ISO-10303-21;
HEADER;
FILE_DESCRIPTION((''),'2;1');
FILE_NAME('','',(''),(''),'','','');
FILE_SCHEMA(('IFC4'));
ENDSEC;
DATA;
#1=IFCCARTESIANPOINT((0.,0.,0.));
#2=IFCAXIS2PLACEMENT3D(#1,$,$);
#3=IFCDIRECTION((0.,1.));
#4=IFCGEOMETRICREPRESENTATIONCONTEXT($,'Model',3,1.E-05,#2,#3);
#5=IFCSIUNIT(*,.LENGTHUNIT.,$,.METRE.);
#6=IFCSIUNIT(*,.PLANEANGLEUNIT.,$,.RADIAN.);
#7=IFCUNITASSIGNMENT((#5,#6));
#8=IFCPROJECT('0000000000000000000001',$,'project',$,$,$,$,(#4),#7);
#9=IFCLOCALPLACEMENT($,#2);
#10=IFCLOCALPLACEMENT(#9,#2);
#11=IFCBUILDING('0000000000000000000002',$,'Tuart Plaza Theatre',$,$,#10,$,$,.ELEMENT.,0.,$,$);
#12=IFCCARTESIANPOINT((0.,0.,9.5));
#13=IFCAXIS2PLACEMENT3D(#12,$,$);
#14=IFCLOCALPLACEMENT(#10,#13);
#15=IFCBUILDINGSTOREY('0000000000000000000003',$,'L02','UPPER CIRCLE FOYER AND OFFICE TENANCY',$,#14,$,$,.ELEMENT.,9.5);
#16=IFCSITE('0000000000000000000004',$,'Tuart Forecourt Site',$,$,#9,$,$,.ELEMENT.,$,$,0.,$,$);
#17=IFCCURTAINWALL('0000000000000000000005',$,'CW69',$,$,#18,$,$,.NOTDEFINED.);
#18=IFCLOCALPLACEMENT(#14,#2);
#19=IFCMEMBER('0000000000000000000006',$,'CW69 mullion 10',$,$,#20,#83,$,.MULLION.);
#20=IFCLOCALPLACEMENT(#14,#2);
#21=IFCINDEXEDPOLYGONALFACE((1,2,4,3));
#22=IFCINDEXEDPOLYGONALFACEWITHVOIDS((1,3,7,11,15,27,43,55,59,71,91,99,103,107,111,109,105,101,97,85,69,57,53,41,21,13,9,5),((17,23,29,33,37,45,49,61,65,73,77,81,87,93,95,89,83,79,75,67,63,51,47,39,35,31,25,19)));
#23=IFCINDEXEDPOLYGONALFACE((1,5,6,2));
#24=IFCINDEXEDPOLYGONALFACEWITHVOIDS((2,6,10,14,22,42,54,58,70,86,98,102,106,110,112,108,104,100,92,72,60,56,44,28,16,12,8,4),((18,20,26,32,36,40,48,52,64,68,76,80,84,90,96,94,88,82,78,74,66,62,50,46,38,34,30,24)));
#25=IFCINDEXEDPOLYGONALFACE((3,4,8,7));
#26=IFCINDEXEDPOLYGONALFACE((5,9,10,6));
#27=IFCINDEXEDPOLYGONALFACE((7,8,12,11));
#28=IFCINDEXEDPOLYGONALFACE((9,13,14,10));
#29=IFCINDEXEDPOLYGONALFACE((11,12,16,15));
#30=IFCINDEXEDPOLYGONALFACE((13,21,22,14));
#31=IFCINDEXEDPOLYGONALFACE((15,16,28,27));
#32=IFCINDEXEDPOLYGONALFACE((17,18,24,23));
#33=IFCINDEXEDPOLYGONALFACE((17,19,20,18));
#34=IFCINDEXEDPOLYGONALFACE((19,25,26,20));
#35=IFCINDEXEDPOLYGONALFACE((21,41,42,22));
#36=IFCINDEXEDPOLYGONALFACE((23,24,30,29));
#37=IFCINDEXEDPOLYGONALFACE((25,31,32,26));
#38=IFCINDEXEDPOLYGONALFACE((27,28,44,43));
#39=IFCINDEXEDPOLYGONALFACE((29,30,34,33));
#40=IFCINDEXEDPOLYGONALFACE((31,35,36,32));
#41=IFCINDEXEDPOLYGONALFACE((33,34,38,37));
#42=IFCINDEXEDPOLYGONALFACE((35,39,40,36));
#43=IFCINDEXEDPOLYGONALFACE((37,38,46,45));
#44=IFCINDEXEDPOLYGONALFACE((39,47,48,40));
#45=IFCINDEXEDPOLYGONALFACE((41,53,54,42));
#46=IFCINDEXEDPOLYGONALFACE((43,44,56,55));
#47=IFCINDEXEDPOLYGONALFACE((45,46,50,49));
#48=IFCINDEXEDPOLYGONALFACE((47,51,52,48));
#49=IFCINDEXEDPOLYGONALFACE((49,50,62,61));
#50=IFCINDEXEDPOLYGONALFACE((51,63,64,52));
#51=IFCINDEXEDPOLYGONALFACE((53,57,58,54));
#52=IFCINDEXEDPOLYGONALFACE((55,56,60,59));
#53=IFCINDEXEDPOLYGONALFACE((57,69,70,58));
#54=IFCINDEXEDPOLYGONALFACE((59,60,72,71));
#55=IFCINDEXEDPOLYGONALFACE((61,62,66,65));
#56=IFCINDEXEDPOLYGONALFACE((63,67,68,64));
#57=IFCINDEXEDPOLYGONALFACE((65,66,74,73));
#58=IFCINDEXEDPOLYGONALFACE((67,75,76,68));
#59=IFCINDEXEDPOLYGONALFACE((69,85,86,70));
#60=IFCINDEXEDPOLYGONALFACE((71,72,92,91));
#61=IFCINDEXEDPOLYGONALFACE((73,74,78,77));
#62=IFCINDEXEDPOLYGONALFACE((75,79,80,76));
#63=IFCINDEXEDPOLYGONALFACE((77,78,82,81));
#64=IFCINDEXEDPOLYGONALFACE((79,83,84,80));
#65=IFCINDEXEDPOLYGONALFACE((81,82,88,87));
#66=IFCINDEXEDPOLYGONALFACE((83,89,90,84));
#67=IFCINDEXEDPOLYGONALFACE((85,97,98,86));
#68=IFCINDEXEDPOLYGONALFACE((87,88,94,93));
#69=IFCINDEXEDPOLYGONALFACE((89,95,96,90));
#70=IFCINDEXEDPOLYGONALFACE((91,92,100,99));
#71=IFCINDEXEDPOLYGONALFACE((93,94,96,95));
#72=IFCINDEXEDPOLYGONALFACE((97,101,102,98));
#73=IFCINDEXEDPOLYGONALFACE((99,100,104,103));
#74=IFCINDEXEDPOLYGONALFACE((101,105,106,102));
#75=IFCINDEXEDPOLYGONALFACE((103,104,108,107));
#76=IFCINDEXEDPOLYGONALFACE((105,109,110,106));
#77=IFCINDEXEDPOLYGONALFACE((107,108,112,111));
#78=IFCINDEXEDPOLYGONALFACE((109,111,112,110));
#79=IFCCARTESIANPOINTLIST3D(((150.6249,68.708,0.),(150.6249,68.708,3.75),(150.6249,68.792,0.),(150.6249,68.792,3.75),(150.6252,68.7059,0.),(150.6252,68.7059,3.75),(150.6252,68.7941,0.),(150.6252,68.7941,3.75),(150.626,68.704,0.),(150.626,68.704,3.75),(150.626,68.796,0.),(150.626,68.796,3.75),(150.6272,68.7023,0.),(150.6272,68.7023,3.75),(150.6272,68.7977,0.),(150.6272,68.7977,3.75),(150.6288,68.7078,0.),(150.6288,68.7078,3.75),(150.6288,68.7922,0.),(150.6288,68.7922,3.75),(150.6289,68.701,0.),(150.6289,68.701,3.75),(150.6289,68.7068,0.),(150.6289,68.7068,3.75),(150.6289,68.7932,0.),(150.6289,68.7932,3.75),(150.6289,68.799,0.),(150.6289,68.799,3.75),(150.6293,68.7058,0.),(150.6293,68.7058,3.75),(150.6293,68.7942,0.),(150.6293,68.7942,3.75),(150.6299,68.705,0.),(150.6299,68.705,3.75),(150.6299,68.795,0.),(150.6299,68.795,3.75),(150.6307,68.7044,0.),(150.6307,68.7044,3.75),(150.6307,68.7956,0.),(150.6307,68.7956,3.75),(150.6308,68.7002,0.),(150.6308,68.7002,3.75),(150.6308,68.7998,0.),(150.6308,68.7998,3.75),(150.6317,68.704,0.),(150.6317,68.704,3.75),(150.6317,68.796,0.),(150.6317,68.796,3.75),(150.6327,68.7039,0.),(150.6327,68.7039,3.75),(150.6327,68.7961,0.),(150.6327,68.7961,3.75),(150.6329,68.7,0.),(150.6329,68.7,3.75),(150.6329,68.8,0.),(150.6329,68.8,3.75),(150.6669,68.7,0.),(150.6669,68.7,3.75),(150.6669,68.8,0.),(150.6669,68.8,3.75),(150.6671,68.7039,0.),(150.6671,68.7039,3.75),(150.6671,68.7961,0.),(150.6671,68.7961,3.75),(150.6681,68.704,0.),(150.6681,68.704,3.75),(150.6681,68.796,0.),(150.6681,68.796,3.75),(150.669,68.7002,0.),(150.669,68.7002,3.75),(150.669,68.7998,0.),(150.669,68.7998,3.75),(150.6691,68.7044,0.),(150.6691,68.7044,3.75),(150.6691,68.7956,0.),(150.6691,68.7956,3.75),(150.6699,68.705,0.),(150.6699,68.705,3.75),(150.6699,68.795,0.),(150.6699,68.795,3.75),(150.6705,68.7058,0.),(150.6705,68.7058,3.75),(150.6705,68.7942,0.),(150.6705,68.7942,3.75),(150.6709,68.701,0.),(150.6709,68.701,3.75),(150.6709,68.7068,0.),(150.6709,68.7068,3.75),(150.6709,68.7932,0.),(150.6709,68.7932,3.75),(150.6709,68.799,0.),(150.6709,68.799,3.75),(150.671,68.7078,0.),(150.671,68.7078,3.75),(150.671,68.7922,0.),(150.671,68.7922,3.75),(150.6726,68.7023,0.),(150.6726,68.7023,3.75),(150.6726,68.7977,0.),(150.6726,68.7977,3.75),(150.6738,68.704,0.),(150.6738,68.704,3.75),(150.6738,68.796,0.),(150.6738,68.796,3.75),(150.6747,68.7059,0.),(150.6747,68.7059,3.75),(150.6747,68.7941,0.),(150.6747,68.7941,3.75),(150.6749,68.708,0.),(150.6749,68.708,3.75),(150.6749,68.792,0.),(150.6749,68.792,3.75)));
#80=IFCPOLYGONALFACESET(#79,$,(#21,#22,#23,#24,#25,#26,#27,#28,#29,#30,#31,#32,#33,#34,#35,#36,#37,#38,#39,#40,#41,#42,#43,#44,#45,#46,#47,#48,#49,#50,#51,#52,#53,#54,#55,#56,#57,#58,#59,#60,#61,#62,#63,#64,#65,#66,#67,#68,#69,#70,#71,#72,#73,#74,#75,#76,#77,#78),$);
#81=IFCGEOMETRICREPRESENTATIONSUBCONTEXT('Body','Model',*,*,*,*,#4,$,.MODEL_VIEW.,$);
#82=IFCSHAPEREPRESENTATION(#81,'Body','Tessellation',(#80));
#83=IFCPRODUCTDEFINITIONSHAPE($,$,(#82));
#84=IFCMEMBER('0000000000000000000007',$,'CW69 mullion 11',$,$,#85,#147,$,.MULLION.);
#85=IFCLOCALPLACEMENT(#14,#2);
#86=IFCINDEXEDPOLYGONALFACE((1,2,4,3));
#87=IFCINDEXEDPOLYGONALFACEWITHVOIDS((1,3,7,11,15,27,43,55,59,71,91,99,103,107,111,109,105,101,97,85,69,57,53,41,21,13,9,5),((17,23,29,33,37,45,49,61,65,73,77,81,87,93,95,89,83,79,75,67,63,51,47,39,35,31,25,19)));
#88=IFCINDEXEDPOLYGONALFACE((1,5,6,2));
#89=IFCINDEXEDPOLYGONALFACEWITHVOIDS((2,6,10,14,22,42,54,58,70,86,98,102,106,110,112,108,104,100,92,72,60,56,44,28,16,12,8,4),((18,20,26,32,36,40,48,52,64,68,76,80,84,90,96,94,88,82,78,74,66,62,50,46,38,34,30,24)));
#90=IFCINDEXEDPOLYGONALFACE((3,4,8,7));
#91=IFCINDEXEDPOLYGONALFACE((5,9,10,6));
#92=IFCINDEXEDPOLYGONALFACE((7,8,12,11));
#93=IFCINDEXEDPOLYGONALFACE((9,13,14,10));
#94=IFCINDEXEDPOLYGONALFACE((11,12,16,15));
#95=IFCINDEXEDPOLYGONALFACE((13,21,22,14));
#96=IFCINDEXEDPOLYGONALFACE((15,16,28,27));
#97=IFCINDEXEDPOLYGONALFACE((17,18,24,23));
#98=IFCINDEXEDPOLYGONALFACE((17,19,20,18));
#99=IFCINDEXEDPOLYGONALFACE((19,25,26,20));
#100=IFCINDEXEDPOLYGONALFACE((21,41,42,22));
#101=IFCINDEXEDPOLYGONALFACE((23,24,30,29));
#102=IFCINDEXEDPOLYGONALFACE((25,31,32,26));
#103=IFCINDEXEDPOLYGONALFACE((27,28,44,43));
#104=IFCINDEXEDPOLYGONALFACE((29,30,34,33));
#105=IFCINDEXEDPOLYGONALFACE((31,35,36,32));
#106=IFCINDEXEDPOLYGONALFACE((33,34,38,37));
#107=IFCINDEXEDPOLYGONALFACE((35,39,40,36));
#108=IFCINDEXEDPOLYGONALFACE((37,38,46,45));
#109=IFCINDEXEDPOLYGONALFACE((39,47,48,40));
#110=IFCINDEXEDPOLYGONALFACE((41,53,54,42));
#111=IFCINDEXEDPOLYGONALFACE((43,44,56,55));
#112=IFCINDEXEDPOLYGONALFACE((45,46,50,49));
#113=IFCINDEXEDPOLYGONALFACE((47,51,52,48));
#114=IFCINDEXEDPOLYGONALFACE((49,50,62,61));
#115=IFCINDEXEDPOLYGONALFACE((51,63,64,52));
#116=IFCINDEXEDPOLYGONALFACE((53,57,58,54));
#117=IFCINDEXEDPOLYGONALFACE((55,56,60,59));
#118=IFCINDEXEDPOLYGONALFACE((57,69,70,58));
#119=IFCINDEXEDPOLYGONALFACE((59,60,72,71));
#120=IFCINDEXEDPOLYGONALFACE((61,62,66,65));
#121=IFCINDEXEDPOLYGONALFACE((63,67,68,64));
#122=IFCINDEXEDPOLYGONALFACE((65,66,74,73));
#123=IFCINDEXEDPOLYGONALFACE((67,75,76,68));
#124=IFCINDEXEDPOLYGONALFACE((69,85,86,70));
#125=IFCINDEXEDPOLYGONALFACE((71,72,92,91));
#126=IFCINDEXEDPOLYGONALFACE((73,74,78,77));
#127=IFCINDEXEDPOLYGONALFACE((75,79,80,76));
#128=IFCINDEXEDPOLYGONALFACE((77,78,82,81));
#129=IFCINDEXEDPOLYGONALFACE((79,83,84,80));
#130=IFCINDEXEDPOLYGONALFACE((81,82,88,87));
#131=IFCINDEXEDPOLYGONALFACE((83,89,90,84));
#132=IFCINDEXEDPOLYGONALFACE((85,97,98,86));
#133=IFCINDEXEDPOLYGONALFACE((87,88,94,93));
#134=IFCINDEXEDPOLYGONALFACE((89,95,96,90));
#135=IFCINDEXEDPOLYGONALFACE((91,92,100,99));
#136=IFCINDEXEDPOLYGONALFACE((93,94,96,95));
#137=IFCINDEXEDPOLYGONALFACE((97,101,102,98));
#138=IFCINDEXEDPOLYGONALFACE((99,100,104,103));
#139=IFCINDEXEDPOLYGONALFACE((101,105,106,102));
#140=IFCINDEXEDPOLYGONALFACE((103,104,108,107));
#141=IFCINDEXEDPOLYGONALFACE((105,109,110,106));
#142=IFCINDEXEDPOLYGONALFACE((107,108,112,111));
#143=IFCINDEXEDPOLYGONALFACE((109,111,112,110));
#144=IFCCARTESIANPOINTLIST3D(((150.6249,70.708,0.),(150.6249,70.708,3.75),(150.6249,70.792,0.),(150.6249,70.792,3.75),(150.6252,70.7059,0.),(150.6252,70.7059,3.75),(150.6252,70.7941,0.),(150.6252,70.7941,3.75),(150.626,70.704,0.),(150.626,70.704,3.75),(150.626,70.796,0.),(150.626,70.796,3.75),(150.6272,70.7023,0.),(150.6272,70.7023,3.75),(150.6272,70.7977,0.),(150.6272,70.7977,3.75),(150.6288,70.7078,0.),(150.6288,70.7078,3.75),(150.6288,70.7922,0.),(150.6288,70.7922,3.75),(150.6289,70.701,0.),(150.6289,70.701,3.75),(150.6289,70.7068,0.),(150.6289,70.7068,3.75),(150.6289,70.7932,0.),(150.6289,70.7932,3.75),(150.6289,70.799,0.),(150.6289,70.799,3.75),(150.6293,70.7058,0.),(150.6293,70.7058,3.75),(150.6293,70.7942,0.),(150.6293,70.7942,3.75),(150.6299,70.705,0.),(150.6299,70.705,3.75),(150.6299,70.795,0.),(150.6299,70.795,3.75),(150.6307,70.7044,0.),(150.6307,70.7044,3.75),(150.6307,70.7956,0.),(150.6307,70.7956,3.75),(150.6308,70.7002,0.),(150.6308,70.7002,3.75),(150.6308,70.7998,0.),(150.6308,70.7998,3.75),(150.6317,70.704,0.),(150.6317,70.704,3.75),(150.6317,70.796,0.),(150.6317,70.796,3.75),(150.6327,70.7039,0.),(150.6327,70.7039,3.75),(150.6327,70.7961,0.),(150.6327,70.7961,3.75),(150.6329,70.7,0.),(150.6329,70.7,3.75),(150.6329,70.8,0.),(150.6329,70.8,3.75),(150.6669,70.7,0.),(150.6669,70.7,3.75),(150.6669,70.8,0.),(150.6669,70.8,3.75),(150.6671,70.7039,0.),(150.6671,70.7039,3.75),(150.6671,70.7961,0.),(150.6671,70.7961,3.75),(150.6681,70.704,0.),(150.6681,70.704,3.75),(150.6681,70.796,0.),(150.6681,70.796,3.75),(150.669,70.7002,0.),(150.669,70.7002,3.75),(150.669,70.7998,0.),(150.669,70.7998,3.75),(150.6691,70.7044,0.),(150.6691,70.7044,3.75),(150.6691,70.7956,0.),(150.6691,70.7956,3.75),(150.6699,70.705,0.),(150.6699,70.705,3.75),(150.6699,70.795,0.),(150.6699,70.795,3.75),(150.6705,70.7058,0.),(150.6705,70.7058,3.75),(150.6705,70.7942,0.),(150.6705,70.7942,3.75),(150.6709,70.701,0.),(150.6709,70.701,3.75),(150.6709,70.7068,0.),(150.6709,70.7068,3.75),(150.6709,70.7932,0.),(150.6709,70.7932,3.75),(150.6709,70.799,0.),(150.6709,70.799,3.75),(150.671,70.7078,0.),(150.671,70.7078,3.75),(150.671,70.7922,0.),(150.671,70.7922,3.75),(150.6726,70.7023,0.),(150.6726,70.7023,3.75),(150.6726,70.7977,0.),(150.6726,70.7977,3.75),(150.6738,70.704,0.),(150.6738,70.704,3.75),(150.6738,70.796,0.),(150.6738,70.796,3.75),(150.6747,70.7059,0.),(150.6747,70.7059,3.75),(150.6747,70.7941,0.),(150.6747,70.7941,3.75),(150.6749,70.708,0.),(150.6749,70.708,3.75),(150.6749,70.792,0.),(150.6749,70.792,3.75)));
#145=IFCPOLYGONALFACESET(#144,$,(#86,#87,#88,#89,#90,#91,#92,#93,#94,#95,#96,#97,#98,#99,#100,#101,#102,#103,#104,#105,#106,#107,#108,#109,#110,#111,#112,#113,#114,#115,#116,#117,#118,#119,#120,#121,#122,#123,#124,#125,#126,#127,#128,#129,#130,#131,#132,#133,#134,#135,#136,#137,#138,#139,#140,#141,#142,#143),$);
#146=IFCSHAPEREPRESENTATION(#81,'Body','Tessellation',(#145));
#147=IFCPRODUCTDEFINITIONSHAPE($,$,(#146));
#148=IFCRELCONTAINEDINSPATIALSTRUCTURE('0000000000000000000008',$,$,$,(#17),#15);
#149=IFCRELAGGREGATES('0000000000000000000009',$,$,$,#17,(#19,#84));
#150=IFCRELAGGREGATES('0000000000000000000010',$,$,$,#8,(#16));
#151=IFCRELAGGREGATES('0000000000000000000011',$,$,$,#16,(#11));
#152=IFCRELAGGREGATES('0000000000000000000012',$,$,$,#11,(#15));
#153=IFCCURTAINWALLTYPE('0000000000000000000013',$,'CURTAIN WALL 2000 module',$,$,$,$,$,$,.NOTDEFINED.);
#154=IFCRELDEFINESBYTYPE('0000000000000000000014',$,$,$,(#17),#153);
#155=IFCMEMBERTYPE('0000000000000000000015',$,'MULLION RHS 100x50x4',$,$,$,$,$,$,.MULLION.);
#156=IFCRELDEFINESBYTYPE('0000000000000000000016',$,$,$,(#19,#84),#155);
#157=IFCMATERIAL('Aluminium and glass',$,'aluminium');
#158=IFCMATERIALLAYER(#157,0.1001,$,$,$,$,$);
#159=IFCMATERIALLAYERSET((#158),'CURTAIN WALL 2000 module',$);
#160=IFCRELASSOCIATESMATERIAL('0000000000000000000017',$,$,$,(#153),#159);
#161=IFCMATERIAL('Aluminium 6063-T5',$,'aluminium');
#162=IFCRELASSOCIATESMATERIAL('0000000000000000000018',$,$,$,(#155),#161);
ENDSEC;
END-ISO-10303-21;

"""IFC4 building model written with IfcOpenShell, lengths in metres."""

from ifc_helpers import new_model, si_unit, direction, frame, origin, origin_2d, place, context, subcontext, project, spatial, hollow_rectangle, extrude, material, layer, layer_set, material_profile, profile_set, type_object, element, aggregate, save


model = new_model("IFC4")

# Units and contexts
model_context = context("Model", 3, precision=1e-05, world=origin(), true_north=direction((0.0, 1.0)))
body_context = subcontext(model_context, "Body", "Model", "MODEL_VIEW")
ifc_project = project(units=[si_unit("LENGTHUNIT", "METRE"), si_unit("PLANEANGLEUNIT", "RADIAN")], contexts=[model_context])

# Site, building, storey
site_placement = place(None, origin())
site = spatial("IfcSite", under=ifc_project, at=site_placement, Name="Tuart Forecourt Site", CompositionType="ELEMENT", RefElevation=0.0)
building_placement = place(site_placement, origin())
building = spatial("IfcBuilding", under=site, at=building_placement, Name="Tuart Plaza Theatre", CompositionType="ELEMENT", ElevationOfRefHeight=0.0)
storey_placement = place(building_placement, frame((0.0, 0.0, 9.5)))
storey = spatial("IfcBuildingStorey", under=building, at=storey_placement, Name="L02", Description="UPPER CIRCLE FOYER AND OFFICE TENANCY", CompositionType="ELEMENT", Elevation=9.5)

# Curtain wall, members
ifc_material_1 = material(Name="Aluminium and glass", Category="aluminium")
ifc_layer_1 = layer(ifc_material_1, 0.1001)
ifc_layer_set_1 = layer_set([ifc_layer_1], Name="CURTAIN WALL 2000 module")
curtain_wall_type = type_object("IfcCurtainWallType", Name="CURTAIN WALL 2000 module", PredefinedType="NOTDEFINED", material=ifc_layer_set_1)
curtain_wall_placement = place(storey_placement, origin())
curtain_wall = element("IfcCurtainWall", 1, at=curtain_wall_placement, inside=storey, type_object=curtain_wall_type, Name="CW69", PredefinedType="NOTDEFINED")
ifc_material_2 = material(Name="Aluminium 6063-T5", Category="aluminium")
ifc_material_profile_1 = material_profile(ifc_material_2, hollow_rectangle(XDim=0.05, YDim=0.1001, WallThickness=0.0039, InnerFilletRadius=0.0039, OuterFilletRadius=0.0081, at=origin_2d()), Name="RHS 100x50x4")
ifc_profile_set_1 = profile_set([ifc_material_profile_1], Name="Aluminium 6063-T5")
member_type_1 = type_object("IfcMemberType", Name="MULLION RHS 100x50x4", PredefinedType="MULLION", material=ifc_profile_set_1)
member_1_placement = place(storey_placement, frame((150.6499, 68.75, 0.0), z_axis=(0.0, 0.0, 1.0), x_axis=(-1.0, 0.0, 0.0)))
member_1 = element("IfcMember", 2, at=member_1_placement, type_object=member_type_1, Name="CW69 mullion 10", PredefinedType="MULLION", context=body_context, shape_type="SweptSolid", body=[
    extrude(hollow_rectangle(XDim=0.05, YDim=0.1001, WallThickness=0.0039, InnerFilletRadius=0.0039, OuterFilletRadius=0.0081, at=origin_2d()), origin(), (0.0, 0.0, 1.0), 3.75),
])
member_2_placement = place(storey_placement, frame((150.6499, 70.75, 0.0), z_axis=(0.0, 0.0, 1.0), x_axis=(-1.0, 0.0, 0.0)))
member_2 = element("IfcMember", 3, at=member_2_placement, type_object=member_type_1, Name="CW69 mullion 11", PredefinedType="MULLION", context=body_context, shape_type="SweptSolid", body=[
    extrude(hollow_rectangle(XDim=0.05, YDim=0.1001, WallThickness=0.0039, InnerFilletRadius=0.0039, OuterFilletRadius=0.0081, at=origin_2d()), origin(), (0.0, 0.0, 1.0), 3.75),
])
aggregate(curtain_wall, [member_1, member_2])

save(model, "model.ifc")
